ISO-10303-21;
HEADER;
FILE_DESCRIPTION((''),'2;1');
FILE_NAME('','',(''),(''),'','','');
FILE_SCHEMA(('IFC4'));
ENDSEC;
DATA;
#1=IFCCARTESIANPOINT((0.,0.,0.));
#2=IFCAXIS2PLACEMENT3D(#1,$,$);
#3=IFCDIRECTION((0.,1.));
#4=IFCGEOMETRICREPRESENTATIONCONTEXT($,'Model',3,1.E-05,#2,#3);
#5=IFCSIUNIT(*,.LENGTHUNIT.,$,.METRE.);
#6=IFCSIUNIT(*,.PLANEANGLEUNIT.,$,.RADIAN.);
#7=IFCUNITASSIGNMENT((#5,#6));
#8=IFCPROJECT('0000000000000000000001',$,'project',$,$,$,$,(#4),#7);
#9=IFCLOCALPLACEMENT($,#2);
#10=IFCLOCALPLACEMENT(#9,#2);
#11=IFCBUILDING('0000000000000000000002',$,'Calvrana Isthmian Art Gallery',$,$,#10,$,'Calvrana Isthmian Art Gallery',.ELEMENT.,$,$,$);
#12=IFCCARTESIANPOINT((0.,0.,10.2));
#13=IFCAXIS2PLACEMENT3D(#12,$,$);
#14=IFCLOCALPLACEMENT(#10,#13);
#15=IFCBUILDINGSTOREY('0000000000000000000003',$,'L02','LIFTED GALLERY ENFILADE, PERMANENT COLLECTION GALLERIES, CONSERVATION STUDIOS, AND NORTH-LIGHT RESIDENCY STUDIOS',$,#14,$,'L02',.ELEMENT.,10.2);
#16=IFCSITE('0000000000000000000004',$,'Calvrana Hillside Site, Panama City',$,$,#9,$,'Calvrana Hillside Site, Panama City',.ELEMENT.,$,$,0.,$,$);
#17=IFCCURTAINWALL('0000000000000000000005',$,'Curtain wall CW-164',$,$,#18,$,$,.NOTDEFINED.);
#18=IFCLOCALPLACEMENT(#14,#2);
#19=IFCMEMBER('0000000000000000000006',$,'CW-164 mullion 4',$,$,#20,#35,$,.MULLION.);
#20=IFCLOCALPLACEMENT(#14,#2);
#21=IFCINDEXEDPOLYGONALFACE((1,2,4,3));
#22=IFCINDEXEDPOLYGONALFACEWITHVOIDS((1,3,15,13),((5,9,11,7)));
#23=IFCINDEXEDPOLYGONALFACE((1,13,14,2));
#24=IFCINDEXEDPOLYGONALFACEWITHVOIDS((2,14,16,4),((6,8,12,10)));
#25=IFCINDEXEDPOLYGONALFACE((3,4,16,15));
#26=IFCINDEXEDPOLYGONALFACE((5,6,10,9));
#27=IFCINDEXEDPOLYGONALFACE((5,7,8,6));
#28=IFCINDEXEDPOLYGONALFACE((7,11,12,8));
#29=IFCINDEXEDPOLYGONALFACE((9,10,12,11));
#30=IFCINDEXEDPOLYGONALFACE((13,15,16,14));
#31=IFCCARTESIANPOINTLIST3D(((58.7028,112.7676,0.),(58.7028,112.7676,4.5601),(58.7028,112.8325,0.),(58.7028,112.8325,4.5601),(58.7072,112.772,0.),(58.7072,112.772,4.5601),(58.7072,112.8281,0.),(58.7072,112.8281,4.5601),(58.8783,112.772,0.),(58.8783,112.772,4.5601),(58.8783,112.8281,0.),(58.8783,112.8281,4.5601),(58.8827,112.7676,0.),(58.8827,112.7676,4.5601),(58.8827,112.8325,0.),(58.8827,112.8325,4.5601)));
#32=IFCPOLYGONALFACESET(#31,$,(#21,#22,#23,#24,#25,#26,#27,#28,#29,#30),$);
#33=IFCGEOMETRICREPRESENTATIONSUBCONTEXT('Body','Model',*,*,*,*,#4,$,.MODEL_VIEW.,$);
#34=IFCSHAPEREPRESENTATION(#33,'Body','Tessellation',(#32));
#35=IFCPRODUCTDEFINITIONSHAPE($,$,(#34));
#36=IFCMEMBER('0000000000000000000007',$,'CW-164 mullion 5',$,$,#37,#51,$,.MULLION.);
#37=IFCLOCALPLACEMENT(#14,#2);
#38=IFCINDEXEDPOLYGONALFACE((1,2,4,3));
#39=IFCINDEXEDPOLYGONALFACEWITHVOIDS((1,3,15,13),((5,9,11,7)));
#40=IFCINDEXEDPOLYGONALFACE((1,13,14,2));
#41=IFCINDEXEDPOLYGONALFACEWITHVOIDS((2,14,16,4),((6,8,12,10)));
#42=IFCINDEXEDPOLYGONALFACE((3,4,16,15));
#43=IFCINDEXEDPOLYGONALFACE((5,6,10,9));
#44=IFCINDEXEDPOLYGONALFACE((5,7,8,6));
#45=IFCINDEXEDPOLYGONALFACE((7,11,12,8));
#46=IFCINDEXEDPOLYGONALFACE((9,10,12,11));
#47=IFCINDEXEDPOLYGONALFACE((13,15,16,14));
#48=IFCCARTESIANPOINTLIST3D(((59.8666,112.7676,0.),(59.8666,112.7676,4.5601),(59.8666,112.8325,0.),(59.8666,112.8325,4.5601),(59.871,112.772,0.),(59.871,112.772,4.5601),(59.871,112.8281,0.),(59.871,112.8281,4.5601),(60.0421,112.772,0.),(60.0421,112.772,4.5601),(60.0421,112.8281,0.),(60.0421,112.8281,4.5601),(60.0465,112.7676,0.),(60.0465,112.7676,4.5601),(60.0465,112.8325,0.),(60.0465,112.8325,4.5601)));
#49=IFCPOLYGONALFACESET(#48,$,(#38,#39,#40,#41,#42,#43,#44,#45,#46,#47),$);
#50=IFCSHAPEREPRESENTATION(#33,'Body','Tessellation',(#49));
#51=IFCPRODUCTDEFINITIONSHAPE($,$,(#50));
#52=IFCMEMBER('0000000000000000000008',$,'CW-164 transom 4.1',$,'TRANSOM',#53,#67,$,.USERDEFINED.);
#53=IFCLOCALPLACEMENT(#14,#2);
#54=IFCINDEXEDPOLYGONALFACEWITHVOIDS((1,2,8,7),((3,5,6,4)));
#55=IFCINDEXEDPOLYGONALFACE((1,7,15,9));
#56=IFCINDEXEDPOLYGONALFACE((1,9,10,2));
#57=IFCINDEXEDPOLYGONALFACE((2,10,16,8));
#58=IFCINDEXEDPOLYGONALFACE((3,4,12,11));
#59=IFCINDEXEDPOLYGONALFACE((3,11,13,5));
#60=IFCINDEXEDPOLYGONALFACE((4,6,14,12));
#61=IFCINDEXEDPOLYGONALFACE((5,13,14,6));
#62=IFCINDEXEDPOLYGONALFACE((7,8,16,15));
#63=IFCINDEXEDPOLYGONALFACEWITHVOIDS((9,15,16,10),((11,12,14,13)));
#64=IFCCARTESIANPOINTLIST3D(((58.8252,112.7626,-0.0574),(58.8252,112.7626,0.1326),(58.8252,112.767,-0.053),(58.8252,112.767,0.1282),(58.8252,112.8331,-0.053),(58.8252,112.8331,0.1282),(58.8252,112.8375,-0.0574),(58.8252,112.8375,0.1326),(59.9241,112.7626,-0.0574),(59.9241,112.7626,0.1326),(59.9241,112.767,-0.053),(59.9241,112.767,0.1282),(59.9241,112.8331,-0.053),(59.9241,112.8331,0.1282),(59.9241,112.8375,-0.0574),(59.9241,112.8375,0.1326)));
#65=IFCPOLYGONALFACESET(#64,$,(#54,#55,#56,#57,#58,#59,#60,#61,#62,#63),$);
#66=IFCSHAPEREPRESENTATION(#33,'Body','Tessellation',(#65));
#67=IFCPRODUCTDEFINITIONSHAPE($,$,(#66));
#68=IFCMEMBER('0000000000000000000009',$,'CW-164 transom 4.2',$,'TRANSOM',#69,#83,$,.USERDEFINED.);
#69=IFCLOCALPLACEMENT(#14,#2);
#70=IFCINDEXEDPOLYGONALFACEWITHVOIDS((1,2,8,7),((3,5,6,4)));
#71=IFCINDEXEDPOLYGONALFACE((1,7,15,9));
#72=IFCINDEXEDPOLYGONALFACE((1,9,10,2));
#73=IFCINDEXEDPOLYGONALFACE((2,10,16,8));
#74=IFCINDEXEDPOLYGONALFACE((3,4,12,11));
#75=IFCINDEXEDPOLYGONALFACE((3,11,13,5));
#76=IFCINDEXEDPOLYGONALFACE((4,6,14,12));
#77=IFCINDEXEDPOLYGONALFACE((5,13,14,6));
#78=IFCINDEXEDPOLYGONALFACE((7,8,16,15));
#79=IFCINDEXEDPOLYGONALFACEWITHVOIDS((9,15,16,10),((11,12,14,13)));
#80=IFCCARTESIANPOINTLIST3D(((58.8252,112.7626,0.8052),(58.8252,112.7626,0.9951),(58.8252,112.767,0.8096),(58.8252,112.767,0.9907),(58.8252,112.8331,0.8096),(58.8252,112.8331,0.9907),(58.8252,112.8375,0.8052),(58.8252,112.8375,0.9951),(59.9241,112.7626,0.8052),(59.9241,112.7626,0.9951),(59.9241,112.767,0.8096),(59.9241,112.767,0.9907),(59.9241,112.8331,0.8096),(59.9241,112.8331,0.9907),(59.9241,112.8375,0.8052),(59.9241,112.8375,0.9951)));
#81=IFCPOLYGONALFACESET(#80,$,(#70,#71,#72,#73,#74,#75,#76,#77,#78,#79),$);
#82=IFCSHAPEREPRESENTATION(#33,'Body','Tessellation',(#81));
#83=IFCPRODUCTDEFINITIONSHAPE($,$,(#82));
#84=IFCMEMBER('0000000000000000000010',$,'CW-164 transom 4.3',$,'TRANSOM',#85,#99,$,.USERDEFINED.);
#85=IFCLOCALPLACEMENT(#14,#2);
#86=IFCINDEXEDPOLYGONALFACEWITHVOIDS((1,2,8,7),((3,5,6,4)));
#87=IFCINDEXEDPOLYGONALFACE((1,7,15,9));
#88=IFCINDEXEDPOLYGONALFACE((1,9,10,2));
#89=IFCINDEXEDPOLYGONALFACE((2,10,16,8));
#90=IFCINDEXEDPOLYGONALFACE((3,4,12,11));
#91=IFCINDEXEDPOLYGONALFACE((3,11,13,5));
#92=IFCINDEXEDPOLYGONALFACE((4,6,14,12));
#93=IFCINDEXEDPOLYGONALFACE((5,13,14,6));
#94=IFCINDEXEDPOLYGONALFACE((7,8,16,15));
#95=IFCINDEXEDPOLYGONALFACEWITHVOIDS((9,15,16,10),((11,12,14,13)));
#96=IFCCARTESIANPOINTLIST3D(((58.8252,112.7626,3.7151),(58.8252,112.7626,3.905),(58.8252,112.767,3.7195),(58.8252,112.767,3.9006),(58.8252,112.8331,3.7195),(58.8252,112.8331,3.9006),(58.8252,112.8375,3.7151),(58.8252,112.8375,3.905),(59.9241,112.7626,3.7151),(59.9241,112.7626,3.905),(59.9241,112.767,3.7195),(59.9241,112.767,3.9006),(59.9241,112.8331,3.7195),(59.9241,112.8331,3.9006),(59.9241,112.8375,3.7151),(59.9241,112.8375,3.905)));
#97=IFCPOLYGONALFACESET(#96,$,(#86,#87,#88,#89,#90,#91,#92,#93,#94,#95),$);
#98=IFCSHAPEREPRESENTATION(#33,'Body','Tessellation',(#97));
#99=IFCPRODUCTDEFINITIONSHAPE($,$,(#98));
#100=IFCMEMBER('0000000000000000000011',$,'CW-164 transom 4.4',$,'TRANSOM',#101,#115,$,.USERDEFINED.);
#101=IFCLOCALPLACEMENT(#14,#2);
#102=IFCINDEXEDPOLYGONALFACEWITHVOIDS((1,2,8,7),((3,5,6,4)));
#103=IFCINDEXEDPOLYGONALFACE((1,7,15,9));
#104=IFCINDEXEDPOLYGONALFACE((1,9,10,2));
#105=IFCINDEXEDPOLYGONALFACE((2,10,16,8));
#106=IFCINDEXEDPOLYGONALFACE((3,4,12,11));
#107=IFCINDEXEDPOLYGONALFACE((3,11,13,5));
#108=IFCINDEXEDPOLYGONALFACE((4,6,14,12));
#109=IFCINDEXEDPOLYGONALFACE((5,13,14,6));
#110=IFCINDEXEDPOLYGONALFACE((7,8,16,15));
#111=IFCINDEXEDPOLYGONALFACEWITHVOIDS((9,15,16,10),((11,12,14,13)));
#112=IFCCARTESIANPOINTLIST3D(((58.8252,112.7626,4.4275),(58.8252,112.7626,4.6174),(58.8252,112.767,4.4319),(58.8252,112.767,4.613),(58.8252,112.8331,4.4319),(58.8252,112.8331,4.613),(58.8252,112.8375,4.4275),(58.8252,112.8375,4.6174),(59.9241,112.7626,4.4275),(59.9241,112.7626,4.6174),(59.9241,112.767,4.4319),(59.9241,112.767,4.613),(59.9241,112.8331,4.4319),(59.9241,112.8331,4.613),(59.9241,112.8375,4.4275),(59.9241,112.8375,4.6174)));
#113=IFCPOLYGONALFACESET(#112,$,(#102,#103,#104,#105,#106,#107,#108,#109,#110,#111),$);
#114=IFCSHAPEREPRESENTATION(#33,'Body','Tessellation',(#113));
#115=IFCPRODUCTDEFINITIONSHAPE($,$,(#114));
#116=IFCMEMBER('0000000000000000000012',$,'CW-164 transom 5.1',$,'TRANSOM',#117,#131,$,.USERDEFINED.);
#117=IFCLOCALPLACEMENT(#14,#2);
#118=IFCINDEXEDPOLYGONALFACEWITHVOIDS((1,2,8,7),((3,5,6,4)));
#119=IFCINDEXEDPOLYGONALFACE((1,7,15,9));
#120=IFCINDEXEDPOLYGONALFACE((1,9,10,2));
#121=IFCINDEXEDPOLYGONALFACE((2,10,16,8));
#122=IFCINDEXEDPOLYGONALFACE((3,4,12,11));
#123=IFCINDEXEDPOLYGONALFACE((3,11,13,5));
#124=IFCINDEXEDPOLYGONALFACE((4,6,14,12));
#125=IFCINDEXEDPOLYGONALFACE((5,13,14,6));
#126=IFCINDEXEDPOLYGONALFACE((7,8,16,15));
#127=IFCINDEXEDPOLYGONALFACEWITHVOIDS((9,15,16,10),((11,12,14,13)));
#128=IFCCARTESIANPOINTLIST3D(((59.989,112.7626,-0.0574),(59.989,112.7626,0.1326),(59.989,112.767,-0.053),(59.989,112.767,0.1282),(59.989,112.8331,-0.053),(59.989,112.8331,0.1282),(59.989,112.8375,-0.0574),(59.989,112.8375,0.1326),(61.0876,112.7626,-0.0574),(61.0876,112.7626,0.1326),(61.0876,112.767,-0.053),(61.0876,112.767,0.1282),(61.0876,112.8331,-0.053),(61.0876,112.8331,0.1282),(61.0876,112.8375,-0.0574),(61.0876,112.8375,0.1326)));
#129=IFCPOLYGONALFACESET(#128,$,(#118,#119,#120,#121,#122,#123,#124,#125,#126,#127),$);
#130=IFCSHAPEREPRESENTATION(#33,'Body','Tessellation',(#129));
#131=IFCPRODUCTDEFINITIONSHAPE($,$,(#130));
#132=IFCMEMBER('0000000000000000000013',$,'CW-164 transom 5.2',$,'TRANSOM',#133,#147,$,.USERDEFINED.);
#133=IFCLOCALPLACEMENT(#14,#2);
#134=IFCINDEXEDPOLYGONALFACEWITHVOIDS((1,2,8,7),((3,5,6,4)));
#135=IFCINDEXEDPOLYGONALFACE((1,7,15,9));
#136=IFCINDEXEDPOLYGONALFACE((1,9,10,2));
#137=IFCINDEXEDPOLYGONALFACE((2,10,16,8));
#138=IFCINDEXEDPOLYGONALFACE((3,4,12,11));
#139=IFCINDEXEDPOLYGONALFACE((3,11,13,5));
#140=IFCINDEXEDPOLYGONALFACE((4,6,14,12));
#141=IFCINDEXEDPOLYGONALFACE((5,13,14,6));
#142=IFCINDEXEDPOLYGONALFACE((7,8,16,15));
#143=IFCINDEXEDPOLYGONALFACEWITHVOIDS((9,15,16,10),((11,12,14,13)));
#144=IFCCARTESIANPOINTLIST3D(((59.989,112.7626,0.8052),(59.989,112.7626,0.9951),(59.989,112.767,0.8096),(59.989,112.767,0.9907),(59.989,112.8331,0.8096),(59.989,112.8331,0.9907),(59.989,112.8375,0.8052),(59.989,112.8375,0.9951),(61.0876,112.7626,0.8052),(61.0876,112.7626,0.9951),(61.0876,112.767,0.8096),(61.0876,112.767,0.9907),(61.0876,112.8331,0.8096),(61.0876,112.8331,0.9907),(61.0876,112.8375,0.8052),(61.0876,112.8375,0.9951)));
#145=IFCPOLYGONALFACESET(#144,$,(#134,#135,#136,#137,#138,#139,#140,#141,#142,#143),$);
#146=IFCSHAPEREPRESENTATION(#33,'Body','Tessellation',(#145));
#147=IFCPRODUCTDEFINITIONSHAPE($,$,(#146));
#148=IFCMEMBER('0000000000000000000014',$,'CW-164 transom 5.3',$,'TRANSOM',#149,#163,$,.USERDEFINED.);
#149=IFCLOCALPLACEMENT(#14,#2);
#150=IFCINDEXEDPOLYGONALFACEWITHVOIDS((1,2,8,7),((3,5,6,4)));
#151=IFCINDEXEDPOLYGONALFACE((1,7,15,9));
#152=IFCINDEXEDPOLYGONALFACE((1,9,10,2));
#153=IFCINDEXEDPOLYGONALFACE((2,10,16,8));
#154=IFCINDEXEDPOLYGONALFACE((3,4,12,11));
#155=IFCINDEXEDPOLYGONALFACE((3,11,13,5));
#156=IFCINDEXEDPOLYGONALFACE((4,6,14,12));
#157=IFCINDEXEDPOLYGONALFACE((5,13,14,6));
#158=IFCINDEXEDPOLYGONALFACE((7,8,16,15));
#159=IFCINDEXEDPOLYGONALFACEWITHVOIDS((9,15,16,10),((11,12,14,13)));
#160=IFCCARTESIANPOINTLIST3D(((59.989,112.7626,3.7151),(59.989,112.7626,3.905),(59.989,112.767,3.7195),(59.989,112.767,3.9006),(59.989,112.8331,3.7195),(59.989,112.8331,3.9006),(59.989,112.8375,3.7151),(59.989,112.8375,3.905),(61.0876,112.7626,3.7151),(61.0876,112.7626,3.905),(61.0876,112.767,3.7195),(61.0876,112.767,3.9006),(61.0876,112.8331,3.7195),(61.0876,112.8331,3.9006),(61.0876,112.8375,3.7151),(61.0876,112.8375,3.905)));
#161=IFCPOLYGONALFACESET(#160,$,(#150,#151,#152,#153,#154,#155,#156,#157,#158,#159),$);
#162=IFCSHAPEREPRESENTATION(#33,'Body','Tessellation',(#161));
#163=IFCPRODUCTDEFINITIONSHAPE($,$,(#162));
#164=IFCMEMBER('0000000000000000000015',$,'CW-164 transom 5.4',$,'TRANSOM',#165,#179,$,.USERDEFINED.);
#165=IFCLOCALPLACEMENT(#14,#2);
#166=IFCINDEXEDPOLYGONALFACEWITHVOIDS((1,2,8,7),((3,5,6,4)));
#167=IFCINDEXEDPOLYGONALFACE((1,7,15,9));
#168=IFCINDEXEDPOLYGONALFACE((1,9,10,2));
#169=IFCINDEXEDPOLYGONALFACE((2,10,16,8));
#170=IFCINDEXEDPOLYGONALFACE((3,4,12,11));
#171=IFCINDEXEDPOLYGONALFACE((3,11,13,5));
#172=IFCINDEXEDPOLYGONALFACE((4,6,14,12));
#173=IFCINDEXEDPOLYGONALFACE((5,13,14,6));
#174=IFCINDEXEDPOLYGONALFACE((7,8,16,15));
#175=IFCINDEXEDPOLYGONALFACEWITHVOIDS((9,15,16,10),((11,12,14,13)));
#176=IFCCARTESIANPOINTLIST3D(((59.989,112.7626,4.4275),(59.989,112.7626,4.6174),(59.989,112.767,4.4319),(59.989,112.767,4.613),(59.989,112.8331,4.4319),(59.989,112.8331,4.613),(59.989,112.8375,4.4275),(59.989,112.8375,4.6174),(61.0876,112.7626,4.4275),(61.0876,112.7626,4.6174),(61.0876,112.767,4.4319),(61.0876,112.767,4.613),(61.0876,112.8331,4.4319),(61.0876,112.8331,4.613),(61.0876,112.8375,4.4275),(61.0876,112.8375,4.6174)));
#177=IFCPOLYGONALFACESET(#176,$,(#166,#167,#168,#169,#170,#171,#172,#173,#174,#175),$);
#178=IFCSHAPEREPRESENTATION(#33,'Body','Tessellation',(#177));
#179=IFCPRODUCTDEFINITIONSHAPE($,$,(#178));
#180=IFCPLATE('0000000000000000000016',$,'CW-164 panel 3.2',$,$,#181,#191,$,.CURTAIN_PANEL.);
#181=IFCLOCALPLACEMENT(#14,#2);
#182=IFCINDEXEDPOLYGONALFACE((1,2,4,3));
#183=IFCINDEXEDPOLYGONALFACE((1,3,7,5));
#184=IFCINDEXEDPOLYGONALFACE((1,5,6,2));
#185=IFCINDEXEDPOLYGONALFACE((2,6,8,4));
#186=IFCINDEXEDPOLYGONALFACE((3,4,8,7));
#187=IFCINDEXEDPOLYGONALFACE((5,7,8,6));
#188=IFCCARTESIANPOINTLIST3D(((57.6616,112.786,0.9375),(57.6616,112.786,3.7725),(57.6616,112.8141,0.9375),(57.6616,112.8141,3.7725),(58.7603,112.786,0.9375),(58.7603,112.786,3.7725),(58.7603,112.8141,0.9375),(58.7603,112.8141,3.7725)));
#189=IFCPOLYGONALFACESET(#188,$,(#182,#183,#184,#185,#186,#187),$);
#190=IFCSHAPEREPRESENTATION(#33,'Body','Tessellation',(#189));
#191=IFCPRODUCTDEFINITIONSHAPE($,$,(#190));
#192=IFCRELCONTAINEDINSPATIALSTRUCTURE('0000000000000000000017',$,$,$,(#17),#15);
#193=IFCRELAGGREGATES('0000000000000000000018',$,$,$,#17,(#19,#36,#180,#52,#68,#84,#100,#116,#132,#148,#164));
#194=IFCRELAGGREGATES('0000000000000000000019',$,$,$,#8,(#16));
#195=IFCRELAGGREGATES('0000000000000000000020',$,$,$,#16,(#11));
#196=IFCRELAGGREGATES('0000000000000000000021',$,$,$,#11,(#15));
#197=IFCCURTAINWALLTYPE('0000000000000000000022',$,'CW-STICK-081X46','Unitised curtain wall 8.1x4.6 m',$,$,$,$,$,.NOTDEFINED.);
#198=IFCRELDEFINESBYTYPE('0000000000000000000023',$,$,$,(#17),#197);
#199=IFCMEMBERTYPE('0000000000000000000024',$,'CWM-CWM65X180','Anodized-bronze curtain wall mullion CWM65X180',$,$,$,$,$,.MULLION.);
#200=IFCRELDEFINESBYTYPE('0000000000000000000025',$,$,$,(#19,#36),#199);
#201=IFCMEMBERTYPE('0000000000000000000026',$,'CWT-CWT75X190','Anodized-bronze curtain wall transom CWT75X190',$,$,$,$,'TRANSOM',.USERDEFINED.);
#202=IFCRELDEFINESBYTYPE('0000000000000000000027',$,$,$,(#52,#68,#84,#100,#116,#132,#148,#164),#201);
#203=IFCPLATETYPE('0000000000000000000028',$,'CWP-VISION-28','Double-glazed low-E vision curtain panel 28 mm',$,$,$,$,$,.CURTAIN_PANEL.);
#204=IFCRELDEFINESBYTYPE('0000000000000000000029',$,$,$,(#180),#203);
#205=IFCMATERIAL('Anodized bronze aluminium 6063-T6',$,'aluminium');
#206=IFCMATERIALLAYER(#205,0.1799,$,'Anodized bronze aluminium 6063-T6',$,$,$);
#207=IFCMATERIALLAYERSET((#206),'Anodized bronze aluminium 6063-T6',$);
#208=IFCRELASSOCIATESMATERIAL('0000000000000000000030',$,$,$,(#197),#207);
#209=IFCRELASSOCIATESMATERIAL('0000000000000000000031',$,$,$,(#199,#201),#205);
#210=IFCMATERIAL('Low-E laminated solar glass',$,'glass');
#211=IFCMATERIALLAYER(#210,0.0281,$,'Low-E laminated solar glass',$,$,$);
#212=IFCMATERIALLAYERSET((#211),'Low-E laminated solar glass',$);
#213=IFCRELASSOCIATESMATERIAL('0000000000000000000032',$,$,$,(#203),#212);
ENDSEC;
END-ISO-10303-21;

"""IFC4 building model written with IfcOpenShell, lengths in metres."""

from ifc_helpers import new_model, si_unit, direction, frame, origin, origin_2d, place, context, subcontext, project, spatial, rectangle, hollow_rectangle, extrude, material, layer, layer_set, material_profile, profile_set, type_object, element, aggregate, save


model = new_model("IFC4")

# Units and contexts
model_context = context("Model", 3, precision=1e-05, world=origin(), true_north=direction((0.0, 1.0)))
body_context = subcontext(model_context, "Body", "Model", "MODEL_VIEW")
ifc_project = project(units=[si_unit("LENGTHUNIT", "METRE"), si_unit("PLANEANGLEUNIT", "RADIAN")], contexts=[model_context])

# Site, building, storey
site_placement = place(None, origin())
site = spatial("IfcSite", under=ifc_project, at=site_placement, Name="Calvrana Hillside Site, Panama City", LongName="Calvrana Hillside Site, Panama City", CompositionType="ELEMENT", RefElevation=0.0)
building_placement = place(site_placement, origin())
building = spatial("IfcBuilding", under=site, at=building_placement, Name="Calvrana Isthmian Art Gallery", LongName="Calvrana Isthmian Art Gallery", CompositionType="ELEMENT")
storey_placement = place(building_placement, frame((0.0, 0.0, 10.2)))
storey = spatial("IfcBuildingStorey", under=building, at=storey_placement, Name="L02", Description="LIFTED GALLERY ENFILADE, PERMANENT COLLECTION GALLERIES, CONSERVATION STUDIOS, AND NORTH-LIGHT RESIDENCY STUDIOS", LongName="L02", CompositionType="ELEMENT", Elevation=10.2)

# Curtain wall, members, plate
ifc_material_1 = material(Name="Anodized bronze aluminium 6063-T6", Category="aluminium")
ifc_layer_1 = layer(ifc_material_1, 0.1799, Name="Anodized bronze aluminium 6063-T6")
ifc_layer_set_1 = layer_set([ifc_layer_1], Name="Anodized bronze aluminium 6063-T6")
curtain_wall_type = type_object("IfcCurtainWallType", Name="CW-STICK-081X46", Description="Unitised curtain wall 8.1x4.6 m", PredefinedType="NOTDEFINED", material=ifc_layer_set_1)
curtain_wall_placement = place(storey_placement, origin())
curtain_wall = element("IfcCurtainWall", 1, at=curtain_wall_placement, inside=storey, type_object=curtain_wall_type, Name="Curtain wall CW-164", PredefinedType="NOTDEFINED")
ifc_material_profile_1 = material_profile(ifc_material_1, hollow_rectangle(XDim=0.0649, YDim=0.1799, WallThickness=0.0044, at=origin_2d()), Name="CWM65X180")
ifc_profile_set_1 = profile_set([ifc_material_profile_1], Name="Anodized bronze aluminium 6063-T6")
member_type_1 = type_object("IfcMemberType", Name="CWM-CWM65X180", Description="Anodized-bronze curtain wall mullion CWM65X180", PredefinedType="MULLION", material=ifc_profile_set_1)
member_1_placement = place(storey_placement, frame((58.7927, 112.8, 0.0), z_axis=(0.0, 0.0, 1.0), x_axis=(0.0, 1.0, 0.0)))
member_1 = element("IfcMember", 2, at=member_1_placement, type_object=member_type_1, Name="CW-164 mullion 4", PredefinedType="MULLION", context=body_context, shape_type="SweptSolid", body=[
    extrude(hollow_rectangle(XDim=0.0649, YDim=0.1799, WallThickness=0.0044, at=origin_2d()), origin(), (0.0, 0.0, 1.0), 4.5601),
])
member_2_placement = place(storey_placement, frame((59.9565, 112.8, 0.0), z_axis=(0.0, 0.0, 1.0), x_axis=(0.0, 1.0, 0.0)))
member_2 = element("IfcMember", 3, at=member_2_placement, type_object=member_type_1, Name="CW-164 mullion 5", PredefinedType="MULLION", context=body_context, shape_type="SweptSolid", body=[
    extrude(hollow_rectangle(XDim=0.0649, YDim=0.1799, WallThickness=0.0044, at=origin_2d()), origin(), (0.0, 0.0, 1.0), 4.5601),
])
ifc_material_profile_2 = material_profile(ifc_material_1, hollow_rectangle(XDim=0.075, YDim=0.1899, WallThickness=0.0044, at=origin_2d()), Name="CWT75X190")
ifc_profile_set_2 = profile_set([ifc_material_profile_2], Name="Anodized bronze aluminium 6063-T6")
member_type_2 = type_object("IfcMemberType", Name="CWT-CWT75X190", Description="Anodized-bronze curtain wall transom CWT75X190", ElementType="TRANSOM", PredefinedType="USERDEFINED", material=ifc_profile_set_2)
member_3_placement = place(storey_placement, frame((58.8252, 112.8, 0.0376), z_axis=(1.0, 0.0, 0.0), x_axis=(0.0, 1.0, 0.0)))
member_3 = element("IfcMember", 4, at=member_3_placement, type_object=member_type_2, Name="CW-164 transom 4.1", ObjectType="TRANSOM", PredefinedType="USERDEFINED", context=body_context, shape_type="SweptSolid", body=[
    extrude(hollow_rectangle(XDim=0.075, YDim=0.1899, WallThickness=0.0044, at=origin_2d()), origin(), (0.0, 0.0, 1.0), 1.0989),
])
member_4_placement = place(storey_placement, frame((58.8252, 112.8, 0.9001), z_axis=(1.0, 0.0, 0.0), x_axis=(0.0, 1.0, 0.0)))
member_4 = element("IfcMember", 5, at=member_4_placement, type_object=member_type_2, Name="CW-164 transom 4.2", ObjectType="TRANSOM", PredefinedType="USERDEFINED", context=body_context, shape_type="SweptSolid", body=[
    extrude(hollow_rectangle(XDim=0.075, YDim=0.1899, WallThickness=0.0044, at=origin_2d()), origin(), (0.0, 0.0, 1.0), 1.0989),
])
member_5_placement = place(storey_placement, frame((58.8252, 112.8, 3.8101), z_axis=(1.0, 0.0, 0.0), x_axis=(0.0, 1.0, 0.0)))
member_5 = element("IfcMember", 6, at=member_5_placement, type_object=member_type_2, Name="CW-164 transom 4.3", ObjectType="TRANSOM", PredefinedType="USERDEFINED", context=body_context, shape_type="SweptSolid", body=[
    extrude(hollow_rectangle(XDim=0.075, YDim=0.1899, WallThickness=0.0044, at=origin_2d()), origin(), (0.0, 0.0, 1.0), 1.0989),
])
member_6_placement = place(storey_placement, frame((58.8252, 112.8, 4.5225), z_axis=(1.0, 0.0, 0.0), x_axis=(0.0, 1.0, 0.0)))
member_6 = element("IfcMember", 7, at=member_6_placement, type_object=member_type_2, Name="CW-164 transom 4.4", ObjectType="TRANSOM", PredefinedType="USERDEFINED", context=body_context, shape_type="SweptSolid", body=[
    extrude(hollow_rectangle(XDim=0.075, YDim=0.1899, WallThickness=0.0044, at=origin_2d()), origin(), (0.0, 0.0, 1.0), 1.0989),
])
member_7_placement = place(storey_placement, frame((59.989, 112.8, 0.0376), z_axis=(1.0, 0.0, 0.0), x_axis=(0.0, 1.0, 0.0)))
member_7 = element("IfcMember", 8, at=member_7_placement, type_object=member_type_2, Name="CW-164 transom 5.1", ObjectType="TRANSOM", PredefinedType="USERDEFINED", context=body_context, shape_type="SweptSolid", body=[
    extrude(hollow_rectangle(XDim=0.075, YDim=0.1899, WallThickness=0.0044, at=origin_2d()), origin(), (0.0, 0.0, 1.0), 1.0986),
])
member_8_placement = place(storey_placement, frame((59.989, 112.8, 0.9001), z_axis=(1.0, 0.0, 0.0), x_axis=(0.0, 1.0, 0.0)))
member_8 = element("IfcMember", 9, at=member_8_placement, type_object=member_type_2, Name="CW-164 transom 5.2", ObjectType="TRANSOM", PredefinedType="USERDEFINED", context=body_context, shape_type="SweptSolid", body=[
    extrude(hollow_rectangle(XDim=0.075, YDim=0.1899, WallThickness=0.0044, at=origin_2d()), origin(), (0.0, 0.0, 1.0), 1.0986),
])
member_9_placement = place(storey_placement, frame((59.989, 112.8, 3.8101), z_axis=(1.0, 0.0, 0.0), x_axis=(0.0, 1.0, 0.0)))
member_9 = element("IfcMember", 10, at=member_9_placement, type_object=member_type_2, Name="CW-164 transom 5.3", ObjectType="TRANSOM", PredefinedType="USERDEFINED", context=body_context, shape_type="SweptSolid", body=[
    extrude(hollow_rectangle(XDim=0.075, YDim=0.1899, WallThickness=0.0044, at=origin_2d()), origin(), (0.0, 0.0, 1.0), 1.0986),
])
member_10_placement = place(storey_placement, frame((59.989, 112.8, 4.5225), z_axis=(1.0, 0.0, 0.0), x_axis=(0.0, 1.0, 0.0)))
member_10 = element("IfcMember", 11, at=member_10_placement, type_object=member_type_2, Name="CW-164 transom 5.4", ObjectType="TRANSOM", PredefinedType="USERDEFINED", context=body_context, shape_type="SweptSolid", body=[
    extrude(hollow_rectangle(XDim=0.075, YDim=0.1899, WallThickness=0.0044, at=origin_2d()), origin(), (0.0, 0.0, 1.0), 1.0986),
])
ifc_material_2 = material(Name="Low-E laminated solar glass", Category="glass")
ifc_layer_2 = layer(ifc_material_2, 0.0281, Name="Low-E laminated solar glass")
ifc_layer_set_2 = layer_set([ifc_layer_2], Name="Low-E laminated solar glass")
plate_type_1 = type_object("IfcPlateType", Name="CWP-VISION-28", Description="Double-glazed low-E vision curtain panel 28 mm", PredefinedType="CURTAIN_PANEL", material=ifc_layer_set_2)
plate_1_placement = place(storey_placement, frame((58.2109, 112.8, 0.9375), z_axis=(0.0, 0.0, 1.0), x_axis=(1.0, 0.0, 0.0)))
plate_1 = element("IfcPlate", 12, at=plate_1_placement, type_object=plate_type_1, Name="CW-164 panel 3.2", PredefinedType="CURTAIN_PANEL", context=body_context, shape_type="SweptSolid", body=[
    extrude(rectangle(XDim=1.0986, YDim=0.0281, at=origin_2d()), origin(), (0.0, 0.0, 1.0), 2.835),
])
aggregate(curtain_wall, [member_1, member_2, plate_1, member_3, member_4, member_5, member_6, member_7, member_8, member_9, member_10])

save(model, "model.ifc")
